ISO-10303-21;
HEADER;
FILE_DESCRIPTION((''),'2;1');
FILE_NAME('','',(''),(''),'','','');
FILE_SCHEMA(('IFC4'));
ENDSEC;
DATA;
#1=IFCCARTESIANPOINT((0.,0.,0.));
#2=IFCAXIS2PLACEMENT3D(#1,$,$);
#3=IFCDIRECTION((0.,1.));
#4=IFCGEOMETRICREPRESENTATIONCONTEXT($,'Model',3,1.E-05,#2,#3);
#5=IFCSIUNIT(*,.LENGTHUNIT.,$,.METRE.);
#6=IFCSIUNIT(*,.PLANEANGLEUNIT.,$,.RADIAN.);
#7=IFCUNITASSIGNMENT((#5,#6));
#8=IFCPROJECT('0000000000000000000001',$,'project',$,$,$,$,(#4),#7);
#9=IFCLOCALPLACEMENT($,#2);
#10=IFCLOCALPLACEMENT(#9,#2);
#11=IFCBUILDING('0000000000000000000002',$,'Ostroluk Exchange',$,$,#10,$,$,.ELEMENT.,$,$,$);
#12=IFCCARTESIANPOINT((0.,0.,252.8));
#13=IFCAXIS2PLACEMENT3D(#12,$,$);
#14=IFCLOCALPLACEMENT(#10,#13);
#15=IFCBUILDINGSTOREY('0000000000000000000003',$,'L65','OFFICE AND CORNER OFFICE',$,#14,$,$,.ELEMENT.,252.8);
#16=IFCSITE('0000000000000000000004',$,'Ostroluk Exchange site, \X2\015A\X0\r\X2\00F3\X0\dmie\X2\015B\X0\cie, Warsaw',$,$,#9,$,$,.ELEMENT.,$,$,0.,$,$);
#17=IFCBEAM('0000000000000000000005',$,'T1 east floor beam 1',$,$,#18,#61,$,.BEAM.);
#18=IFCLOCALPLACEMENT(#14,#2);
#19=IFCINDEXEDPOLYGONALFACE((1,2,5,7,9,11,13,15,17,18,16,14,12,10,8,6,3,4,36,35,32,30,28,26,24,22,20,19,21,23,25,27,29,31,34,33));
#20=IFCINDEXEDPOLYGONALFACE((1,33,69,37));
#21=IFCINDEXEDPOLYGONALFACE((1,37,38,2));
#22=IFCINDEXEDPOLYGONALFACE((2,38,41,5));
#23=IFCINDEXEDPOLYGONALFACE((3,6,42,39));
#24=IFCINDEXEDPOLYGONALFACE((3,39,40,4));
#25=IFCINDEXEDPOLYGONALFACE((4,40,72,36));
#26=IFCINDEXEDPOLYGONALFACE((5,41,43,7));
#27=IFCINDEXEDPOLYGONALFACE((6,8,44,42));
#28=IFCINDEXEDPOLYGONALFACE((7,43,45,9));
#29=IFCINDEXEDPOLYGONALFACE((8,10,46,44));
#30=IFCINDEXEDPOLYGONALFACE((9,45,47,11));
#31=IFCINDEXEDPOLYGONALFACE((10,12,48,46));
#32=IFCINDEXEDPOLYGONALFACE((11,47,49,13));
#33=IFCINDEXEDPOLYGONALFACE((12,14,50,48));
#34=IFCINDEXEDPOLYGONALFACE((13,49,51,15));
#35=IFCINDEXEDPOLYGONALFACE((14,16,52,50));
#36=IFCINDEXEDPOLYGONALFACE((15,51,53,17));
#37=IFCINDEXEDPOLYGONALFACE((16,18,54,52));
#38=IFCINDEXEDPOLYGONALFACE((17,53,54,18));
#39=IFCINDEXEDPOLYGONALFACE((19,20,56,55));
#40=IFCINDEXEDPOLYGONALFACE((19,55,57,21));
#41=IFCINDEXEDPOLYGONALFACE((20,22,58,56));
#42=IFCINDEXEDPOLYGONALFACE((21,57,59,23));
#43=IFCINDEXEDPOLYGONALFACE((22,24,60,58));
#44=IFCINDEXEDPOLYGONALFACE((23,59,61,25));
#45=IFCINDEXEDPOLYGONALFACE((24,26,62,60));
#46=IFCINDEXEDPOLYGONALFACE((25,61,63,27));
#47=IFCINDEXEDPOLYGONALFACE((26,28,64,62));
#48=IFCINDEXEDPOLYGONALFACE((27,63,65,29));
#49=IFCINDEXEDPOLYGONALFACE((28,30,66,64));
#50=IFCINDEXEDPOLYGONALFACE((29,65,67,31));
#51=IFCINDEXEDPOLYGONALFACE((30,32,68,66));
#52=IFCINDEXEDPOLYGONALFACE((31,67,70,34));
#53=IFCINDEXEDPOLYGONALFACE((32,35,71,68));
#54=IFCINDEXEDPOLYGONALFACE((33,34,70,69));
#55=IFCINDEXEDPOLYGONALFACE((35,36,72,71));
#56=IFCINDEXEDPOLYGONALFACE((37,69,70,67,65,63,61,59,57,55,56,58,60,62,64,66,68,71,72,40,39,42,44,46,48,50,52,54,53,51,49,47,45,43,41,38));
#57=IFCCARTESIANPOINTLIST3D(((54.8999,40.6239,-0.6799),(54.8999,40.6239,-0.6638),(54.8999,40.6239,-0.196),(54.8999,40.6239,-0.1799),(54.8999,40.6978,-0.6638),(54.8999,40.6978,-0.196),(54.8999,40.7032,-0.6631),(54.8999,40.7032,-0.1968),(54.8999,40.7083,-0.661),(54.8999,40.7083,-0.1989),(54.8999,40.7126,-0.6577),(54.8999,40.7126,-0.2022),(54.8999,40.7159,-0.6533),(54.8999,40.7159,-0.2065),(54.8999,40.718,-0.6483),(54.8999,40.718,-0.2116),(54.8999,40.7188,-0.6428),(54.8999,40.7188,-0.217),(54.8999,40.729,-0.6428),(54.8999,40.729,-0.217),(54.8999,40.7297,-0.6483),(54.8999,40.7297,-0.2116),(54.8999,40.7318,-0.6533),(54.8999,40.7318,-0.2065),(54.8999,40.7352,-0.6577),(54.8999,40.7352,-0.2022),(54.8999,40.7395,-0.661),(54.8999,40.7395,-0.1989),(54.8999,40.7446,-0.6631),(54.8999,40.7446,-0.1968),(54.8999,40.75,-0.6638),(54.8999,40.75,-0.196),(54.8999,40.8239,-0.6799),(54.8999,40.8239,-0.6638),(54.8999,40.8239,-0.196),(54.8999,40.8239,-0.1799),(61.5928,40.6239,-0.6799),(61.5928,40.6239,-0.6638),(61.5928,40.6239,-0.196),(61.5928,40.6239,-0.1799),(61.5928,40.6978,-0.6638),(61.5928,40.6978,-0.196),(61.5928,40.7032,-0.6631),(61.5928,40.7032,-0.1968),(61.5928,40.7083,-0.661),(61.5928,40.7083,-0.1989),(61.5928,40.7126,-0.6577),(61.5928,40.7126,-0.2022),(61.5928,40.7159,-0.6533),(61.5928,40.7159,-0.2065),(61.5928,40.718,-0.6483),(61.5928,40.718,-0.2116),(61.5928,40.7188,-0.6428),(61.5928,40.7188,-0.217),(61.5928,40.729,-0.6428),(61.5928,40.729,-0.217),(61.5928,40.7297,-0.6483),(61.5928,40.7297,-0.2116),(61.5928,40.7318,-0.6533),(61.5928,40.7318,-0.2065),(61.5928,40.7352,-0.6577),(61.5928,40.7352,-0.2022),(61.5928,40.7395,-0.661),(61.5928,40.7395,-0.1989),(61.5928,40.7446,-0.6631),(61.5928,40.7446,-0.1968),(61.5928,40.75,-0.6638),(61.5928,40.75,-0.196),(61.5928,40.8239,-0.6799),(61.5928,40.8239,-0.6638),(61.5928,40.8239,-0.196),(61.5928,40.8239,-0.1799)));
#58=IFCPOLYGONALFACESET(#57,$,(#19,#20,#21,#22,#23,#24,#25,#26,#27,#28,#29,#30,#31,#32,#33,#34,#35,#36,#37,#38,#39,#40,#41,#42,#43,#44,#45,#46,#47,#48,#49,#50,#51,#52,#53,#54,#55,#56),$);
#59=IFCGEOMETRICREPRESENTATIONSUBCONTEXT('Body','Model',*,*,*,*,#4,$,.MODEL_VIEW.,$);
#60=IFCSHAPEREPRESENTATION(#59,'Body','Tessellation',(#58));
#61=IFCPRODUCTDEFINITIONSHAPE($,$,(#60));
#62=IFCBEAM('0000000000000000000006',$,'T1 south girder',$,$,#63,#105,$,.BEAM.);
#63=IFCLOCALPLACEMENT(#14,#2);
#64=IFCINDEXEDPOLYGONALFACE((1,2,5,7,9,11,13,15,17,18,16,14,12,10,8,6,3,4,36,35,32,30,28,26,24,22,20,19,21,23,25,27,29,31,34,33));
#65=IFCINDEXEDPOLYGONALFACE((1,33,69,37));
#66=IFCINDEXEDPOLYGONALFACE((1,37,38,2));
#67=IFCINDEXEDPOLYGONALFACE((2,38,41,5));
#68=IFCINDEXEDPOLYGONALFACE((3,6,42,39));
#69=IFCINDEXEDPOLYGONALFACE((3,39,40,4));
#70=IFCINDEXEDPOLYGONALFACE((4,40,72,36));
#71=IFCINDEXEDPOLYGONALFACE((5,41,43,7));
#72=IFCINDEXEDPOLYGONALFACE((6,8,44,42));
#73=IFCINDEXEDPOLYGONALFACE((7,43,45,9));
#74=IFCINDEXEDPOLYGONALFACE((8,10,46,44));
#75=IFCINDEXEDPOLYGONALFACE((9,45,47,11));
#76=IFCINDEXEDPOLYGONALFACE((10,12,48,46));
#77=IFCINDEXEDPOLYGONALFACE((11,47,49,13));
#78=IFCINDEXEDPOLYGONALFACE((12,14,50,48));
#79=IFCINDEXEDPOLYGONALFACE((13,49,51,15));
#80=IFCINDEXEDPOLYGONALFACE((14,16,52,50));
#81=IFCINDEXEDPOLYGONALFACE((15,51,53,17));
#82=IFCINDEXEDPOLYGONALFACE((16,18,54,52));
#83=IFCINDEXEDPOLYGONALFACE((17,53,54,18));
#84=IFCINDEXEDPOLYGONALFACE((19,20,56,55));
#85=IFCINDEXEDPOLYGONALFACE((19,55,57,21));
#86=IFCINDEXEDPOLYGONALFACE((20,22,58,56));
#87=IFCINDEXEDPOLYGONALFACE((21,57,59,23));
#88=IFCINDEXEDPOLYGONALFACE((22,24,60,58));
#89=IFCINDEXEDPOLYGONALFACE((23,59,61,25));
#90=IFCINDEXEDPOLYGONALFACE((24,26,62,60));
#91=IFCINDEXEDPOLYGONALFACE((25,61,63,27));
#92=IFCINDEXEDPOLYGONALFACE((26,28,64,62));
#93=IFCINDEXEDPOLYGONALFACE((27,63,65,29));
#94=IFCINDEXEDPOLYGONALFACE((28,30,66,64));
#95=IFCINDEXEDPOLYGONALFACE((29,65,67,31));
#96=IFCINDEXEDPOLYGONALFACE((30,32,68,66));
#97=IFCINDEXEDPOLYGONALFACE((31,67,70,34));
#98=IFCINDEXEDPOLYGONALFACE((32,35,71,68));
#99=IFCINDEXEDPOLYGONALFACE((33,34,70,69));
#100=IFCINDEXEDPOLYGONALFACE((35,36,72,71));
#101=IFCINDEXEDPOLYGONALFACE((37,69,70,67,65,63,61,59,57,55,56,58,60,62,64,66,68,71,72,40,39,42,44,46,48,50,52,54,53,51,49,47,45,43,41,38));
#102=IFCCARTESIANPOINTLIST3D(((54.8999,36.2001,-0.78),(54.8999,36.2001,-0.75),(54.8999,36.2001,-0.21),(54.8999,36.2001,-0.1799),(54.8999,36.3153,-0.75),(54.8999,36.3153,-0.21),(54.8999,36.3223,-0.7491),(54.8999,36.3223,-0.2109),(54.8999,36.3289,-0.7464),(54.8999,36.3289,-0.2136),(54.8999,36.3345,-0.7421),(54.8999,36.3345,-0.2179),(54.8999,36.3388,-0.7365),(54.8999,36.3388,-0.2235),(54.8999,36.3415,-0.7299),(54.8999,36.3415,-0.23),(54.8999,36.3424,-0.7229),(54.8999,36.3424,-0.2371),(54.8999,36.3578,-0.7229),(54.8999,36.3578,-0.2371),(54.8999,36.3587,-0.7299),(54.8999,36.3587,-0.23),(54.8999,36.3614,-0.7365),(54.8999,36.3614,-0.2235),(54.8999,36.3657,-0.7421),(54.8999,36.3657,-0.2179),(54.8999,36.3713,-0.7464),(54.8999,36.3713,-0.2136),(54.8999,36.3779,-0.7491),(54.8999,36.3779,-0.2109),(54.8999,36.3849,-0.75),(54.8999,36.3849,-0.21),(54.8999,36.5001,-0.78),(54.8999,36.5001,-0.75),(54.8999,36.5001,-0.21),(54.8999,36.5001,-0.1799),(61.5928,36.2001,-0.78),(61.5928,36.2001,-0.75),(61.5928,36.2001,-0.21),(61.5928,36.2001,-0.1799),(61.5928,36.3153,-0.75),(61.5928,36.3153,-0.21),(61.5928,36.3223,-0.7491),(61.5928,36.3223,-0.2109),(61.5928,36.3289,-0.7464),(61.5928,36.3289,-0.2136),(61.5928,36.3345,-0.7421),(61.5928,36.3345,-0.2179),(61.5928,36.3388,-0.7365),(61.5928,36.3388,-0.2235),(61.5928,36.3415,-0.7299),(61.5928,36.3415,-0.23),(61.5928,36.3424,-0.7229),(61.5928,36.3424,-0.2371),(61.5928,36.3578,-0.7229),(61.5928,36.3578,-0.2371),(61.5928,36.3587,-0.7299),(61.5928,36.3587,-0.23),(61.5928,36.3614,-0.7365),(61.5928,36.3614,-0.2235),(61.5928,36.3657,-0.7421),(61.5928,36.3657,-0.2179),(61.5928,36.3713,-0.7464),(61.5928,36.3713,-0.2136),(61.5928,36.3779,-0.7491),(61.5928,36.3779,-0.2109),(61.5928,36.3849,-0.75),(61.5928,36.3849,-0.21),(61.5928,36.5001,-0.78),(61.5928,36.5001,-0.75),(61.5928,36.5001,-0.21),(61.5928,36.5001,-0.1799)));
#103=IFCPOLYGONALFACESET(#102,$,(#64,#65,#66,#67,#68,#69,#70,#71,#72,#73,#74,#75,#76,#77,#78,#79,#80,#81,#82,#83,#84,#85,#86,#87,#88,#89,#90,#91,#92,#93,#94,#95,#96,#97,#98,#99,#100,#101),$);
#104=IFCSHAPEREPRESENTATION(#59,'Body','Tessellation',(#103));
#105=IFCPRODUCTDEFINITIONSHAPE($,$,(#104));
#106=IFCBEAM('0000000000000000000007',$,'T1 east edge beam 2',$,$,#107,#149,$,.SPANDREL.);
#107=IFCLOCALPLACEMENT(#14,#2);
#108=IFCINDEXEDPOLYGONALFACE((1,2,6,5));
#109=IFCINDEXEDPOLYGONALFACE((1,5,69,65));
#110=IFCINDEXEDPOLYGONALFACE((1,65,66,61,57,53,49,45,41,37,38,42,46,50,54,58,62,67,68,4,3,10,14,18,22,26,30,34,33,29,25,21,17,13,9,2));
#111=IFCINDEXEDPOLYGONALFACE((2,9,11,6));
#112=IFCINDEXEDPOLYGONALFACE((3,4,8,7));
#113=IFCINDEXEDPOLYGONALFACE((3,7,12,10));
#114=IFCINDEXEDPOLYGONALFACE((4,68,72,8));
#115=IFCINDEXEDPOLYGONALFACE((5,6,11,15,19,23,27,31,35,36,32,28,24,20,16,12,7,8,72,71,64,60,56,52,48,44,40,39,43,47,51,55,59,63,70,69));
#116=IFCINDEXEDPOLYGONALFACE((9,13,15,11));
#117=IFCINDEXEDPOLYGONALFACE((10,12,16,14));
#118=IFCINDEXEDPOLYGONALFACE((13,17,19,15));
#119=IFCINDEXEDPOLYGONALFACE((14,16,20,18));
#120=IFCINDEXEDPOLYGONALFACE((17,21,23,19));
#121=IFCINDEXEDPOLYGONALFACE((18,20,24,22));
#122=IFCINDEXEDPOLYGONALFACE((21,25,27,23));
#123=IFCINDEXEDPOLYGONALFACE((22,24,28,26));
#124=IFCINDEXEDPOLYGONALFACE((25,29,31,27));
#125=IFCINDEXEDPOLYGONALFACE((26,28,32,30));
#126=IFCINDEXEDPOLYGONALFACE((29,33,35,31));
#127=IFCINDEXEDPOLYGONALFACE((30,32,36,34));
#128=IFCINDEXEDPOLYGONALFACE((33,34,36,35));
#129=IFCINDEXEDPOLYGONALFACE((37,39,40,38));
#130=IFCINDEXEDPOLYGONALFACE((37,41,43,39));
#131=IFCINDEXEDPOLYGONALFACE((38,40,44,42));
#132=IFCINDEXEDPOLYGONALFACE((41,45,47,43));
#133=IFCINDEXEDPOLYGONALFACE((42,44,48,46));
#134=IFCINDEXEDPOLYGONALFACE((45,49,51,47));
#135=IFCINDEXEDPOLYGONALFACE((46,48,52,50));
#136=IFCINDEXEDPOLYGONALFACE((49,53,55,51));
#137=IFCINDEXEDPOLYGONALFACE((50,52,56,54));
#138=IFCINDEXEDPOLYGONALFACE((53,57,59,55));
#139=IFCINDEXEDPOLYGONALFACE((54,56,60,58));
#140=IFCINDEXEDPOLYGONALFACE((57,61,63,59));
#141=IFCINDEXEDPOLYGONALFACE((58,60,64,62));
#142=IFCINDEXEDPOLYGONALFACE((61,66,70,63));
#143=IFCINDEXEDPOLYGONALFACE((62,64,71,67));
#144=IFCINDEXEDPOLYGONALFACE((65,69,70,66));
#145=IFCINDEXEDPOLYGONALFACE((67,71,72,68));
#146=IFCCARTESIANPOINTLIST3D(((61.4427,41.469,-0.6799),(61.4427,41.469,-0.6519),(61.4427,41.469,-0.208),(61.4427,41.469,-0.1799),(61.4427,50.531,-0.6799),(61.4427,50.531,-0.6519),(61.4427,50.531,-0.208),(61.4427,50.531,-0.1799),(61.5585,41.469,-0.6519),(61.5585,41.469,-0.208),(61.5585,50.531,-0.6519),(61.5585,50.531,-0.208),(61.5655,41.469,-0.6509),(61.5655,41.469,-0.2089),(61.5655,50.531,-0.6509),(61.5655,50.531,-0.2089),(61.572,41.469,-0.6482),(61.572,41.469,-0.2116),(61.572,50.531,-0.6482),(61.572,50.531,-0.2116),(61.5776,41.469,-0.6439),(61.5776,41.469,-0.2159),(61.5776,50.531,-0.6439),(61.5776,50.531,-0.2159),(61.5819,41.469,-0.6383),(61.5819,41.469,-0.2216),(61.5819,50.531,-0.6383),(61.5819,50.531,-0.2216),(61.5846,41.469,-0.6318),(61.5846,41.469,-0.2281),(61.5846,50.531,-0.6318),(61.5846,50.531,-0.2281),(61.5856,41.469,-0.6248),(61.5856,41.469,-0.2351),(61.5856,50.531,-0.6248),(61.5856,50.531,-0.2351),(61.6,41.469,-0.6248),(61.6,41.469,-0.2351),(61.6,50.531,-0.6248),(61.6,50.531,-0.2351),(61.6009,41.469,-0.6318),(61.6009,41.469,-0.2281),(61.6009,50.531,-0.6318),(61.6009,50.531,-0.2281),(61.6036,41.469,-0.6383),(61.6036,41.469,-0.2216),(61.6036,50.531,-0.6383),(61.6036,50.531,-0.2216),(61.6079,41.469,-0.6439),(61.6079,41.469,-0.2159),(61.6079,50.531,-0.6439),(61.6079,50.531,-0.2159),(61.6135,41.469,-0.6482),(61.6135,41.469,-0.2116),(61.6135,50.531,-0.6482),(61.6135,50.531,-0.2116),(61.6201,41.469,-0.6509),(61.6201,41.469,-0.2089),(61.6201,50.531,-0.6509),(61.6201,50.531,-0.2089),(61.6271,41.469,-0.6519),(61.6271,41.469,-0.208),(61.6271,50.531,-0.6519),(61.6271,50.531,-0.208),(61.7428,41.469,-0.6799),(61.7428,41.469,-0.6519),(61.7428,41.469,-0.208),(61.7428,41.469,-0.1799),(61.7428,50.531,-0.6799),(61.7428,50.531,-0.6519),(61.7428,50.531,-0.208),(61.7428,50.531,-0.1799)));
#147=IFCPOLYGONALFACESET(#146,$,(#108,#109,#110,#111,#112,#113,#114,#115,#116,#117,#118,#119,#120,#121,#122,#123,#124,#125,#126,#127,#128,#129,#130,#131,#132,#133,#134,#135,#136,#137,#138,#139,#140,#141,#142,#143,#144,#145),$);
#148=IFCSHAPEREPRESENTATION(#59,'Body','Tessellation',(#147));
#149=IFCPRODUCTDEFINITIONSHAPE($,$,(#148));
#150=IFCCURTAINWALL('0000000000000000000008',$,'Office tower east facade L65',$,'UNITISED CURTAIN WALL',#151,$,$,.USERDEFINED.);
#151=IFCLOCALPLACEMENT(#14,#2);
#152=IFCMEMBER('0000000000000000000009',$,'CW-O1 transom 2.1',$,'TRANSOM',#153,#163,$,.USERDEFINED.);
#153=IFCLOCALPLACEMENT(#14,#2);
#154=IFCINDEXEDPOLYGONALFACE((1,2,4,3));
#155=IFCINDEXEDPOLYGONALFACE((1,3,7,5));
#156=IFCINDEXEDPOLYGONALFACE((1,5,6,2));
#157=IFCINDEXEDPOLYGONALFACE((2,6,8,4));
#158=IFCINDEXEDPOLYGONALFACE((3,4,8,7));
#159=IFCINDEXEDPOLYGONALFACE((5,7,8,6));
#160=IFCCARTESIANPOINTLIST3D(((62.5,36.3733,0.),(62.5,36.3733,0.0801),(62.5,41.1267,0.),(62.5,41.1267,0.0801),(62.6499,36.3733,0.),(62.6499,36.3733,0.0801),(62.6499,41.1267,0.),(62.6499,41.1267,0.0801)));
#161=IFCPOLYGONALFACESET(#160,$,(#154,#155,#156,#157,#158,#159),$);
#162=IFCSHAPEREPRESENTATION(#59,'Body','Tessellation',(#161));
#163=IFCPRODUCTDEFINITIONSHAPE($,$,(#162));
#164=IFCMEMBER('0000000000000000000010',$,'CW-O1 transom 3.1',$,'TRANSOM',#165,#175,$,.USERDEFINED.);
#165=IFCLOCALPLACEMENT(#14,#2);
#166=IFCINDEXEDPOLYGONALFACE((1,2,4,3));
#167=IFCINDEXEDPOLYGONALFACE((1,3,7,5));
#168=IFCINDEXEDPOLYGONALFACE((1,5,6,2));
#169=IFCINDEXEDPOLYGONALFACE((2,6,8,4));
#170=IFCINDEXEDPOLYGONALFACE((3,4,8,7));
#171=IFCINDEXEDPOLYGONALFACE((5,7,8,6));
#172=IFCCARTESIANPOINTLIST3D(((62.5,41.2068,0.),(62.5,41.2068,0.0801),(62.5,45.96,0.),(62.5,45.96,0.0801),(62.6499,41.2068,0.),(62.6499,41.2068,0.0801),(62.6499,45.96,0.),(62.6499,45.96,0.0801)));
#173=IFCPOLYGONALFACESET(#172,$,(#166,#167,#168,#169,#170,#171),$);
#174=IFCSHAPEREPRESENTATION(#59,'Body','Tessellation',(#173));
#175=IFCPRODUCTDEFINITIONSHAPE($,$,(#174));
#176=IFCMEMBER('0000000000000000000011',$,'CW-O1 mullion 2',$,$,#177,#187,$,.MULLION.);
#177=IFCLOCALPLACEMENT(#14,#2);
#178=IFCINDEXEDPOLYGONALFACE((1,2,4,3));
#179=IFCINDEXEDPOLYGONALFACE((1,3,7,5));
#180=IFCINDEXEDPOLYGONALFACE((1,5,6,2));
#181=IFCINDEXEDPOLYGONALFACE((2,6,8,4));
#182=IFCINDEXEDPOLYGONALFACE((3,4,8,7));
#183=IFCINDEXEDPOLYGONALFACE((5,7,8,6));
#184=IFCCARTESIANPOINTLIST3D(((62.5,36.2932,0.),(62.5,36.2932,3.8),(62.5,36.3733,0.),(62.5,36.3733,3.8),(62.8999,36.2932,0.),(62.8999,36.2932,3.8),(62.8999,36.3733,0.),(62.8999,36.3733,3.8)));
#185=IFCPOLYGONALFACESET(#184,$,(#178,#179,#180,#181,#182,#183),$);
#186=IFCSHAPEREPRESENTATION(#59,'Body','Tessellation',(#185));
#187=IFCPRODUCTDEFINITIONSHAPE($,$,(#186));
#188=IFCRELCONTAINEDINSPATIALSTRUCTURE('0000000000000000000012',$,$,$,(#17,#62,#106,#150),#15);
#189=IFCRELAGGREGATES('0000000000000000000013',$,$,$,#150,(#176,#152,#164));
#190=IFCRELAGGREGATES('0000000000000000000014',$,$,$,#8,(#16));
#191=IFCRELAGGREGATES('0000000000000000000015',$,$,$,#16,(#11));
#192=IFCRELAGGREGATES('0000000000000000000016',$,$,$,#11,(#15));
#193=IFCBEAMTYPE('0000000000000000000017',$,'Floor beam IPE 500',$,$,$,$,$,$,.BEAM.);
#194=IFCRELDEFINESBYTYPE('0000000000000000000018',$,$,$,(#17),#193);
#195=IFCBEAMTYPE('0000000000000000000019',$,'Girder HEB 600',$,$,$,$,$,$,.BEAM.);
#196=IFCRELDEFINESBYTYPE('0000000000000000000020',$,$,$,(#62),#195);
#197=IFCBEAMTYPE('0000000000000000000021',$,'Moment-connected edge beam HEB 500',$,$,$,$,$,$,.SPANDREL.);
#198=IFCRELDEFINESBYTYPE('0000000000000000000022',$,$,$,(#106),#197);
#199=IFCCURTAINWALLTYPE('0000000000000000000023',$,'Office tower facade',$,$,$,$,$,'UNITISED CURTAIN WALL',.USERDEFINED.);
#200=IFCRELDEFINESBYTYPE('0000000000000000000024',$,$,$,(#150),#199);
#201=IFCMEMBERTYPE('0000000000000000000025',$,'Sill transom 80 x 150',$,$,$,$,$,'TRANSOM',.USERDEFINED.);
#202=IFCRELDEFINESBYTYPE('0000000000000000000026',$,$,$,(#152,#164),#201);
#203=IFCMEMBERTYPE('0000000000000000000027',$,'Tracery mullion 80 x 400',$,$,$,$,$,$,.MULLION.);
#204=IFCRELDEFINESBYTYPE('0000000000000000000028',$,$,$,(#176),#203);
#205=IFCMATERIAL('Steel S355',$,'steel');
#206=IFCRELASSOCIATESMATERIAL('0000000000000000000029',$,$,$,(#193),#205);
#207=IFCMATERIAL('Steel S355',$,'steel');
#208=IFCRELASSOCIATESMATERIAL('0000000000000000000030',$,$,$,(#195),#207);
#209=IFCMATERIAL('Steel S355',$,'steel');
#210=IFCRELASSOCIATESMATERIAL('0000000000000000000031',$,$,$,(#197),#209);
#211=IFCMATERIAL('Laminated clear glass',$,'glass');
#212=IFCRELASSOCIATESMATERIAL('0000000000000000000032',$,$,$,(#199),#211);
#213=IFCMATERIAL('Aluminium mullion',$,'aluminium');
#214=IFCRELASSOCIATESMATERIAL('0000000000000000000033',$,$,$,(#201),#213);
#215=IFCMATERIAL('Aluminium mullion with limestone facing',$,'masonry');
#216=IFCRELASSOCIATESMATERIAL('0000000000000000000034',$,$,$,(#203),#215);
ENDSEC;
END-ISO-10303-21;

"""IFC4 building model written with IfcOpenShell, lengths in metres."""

from ifc_helpers import new_model, si_unit, direction, frame, origin, origin_2d, place, context, subcontext, project, spatial, rectangle, i_section, extrude, material, material_profile, profile_set, type_object, element, aggregate, save


model = new_model("IFC4")

# Units and contexts
model_context = context("Model", 3, precision=1e-05, world=origin(), true_north=direction((0.0, 1.0)))
body_context = subcontext(model_context, "Body", "Model", "MODEL_VIEW")
ifc_project = project(units=[si_unit("LENGTHUNIT", "METRE"), si_unit("PLANEANGLEUNIT", "RADIAN")], contexts=[model_context])

# Site, building, storey
site_placement = place(None, origin())
site = spatial("IfcSite", under=ifc_project, at=site_placement, Name="Ostroluk Exchange site, Śródmieście, Warsaw", CompositionType="ELEMENT", RefElevation=0.0)
building_placement = place(site_placement, origin())
building = spatial("IfcBuilding", under=site, at=building_placement, Name="Ostroluk Exchange", CompositionType="ELEMENT")
storey_placement = place(building_placement, frame((0.0, 0.0, 252.8)))
storey = spatial("IfcBuildingStorey", under=building, at=storey_placement, Name="L65", Description="OFFICE AND CORNER OFFICE", CompositionType="ELEMENT", Elevation=252.8)

# Beams
ifc_material_1 = material(Name="Steel S355", Category="steel")
ifc_material_profile_1 = material_profile(ifc_material_1, i_section(OverallWidth=0.2, OverallDepth=0.5, WebThickness=0.0103, FlangeThickness=0.0161, FilletRadius=0.021, at=origin_2d()), Name="IPE 500")
ifc_profile_set_1 = profile_set([ifc_material_profile_1], Name="Steel S355")
beam_type_1 = type_object("IfcBeamType", Name="Floor beam IPE 500", PredefinedType="BEAM", material=ifc_profile_set_1)
beam_1_placement = place(storey_placement, frame((54.8999, 40.7239, -0.4299), z_axis=(1.0, 0.0, 0.0), x_axis=(0.0, 1.0, 0.0)))
element("IfcBeam", 1, at=beam_1_placement, inside=storey, type_object=beam_type_1, Name="T1 east floor beam 1", PredefinedType="BEAM", context=body_context, shape_type="SweptSolid", body=[
    extrude(i_section(OverallWidth=0.2, OverallDepth=0.5, WebThickness=0.0103, FlangeThickness=0.0161, FilletRadius=0.021, at=origin_2d()), origin(), (0.0, 0.0, 1.0), 6.6929),
])
ifc_material_2 = material(Name="Steel S355", Category="steel")
ifc_material_profile_2 = material_profile(ifc_material_2, i_section(OverallWidth=0.3, OverallDepth=0.6001, WebThickness=0.0154, FlangeThickness=0.03, FilletRadius=0.0271, at=origin_2d()), Name="HEB 600")
ifc_profile_set_2 = profile_set([ifc_material_profile_2], Name="Steel S355")
beam_type_2 = type_object("IfcBeamType", Name="Girder HEB 600", PredefinedType="BEAM", material=ifc_profile_set_2)
beam_2_placement = place(storey_placement, frame((54.8999, 36.3501, -0.48), z_axis=(1.0, 0.0, 0.0), x_axis=(0.0, 1.0, 0.0)))
element("IfcBeam", 2, at=beam_2_placement, inside=storey, type_object=beam_type_2, Name="T1 south girder", PredefinedType="BEAM", context=body_context, shape_type="SweptSolid", body=[
    extrude(i_section(OverallWidth=0.3, OverallDepth=0.6001, WebThickness=0.0154, FlangeThickness=0.03, FilletRadius=0.0271, at=origin_2d()), origin(), (0.0, 0.0, 1.0), 6.6929),
])
ifc_material_3 = material(Name="Steel S355", Category="steel")
ifc_material_profile_3 = material_profile(ifc_material_3, i_section(OverallWidth=0.3, OverallDepth=0.5, WebThickness=0.0144, FlangeThickness=0.0281, FilletRadius=0.0271, at=origin_2d()), Name="HEB 500")
ifc_profile_set_3 = profile_set([ifc_material_profile_3], Name="Steel S355")
beam_type_3 = type_object("IfcBeamType", Name="Moment-connected edge beam HEB 500", PredefinedType="SPANDREL", material=ifc_profile_set_3)
beam_3_placement = place(storey_placement, frame((61.5928, 41.469, -0.4299), z_axis=(0.0, 1.0, 0.0), x_axis=(-1.0, 0.0, 0.0)))
element("IfcBeam", 3, at=beam_3_placement, inside=storey, type_object=beam_type_3, Name="T1 east edge beam 2", PredefinedType="SPANDREL", context=body_context, shape_type="SweptSolid", body=[
    extrude(i_section(OverallWidth=0.3, OverallDepth=0.5, WebThickness=0.0144, FlangeThickness=0.0281, FilletRadius=0.0271, at=origin_2d()), origin(), (0.0, 0.0, 1.0), 9.062),
])

# Curtain wall, members
ifc_material_4 = material(Name="Laminated clear glass", Category="glass")
curtain_wall_type = type_object("IfcCurtainWallType", Name="Office tower facade", ElementType="UNITISED CURTAIN WALL", PredefinedType="USERDEFINED", material=ifc_material_4)
curtain_wall_placement = place(storey_placement, origin())
curtain_wall = element("IfcCurtainWall", 4, at=curtain_wall_placement, inside=storey, type_object=curtain_wall_type, Name="Office tower east facade L65", ObjectType="UNITISED CURTAIN WALL", PredefinedType="USERDEFINED")
ifc_material_5 = material(Name="Aluminium mullion", Category="aluminium")
ifc_material_profile_4 = material_profile(ifc_material_5, rectangle(XDim=0.1499, YDim=0.0801, at=origin_2d()), Name="Sill transom 80 x 150")
ifc_profile_set_4 = profile_set([ifc_material_profile_4], Name="Aluminium mullion")
member_type_1 = type_object("IfcMemberType", Name="Sill transom 80 x 150", ElementType="TRANSOM", PredefinedType="USERDEFINED", material=ifc_profile_set_4)
member_1_placement = place(storey_placement, frame((62.575, 36.3733, 0.04), z_axis=(0.0, 1.0, 0.0), x_axis=(-1.0, 0.0, 0.0)))
member_1 = element("IfcMember", 5, at=member_1_placement, type_object=member_type_1, Name="CW-O1 transom 2.1", ObjectType="TRANSOM", PredefinedType="USERDEFINED", context=body_context, shape_type="SweptSolid", body=[
    extrude(rectangle(XDim=0.1499, YDim=0.0801, at=origin_2d()), origin(), (0.0, 0.0, 1.0), 4.7534),
])
member_2_placement = place(storey_placement, frame((62.575, 41.2068, 0.04), z_axis=(0.0, 1.0, 0.0), x_axis=(-1.0, 0.0, 0.0)))
member_2 = element("IfcMember", 6, at=member_2_placement, type_object=member_type_1, Name="CW-O1 transom 3.1", ObjectType="TRANSOM", PredefinedType="USERDEFINED", context=body_context, shape_type="SweptSolid", body=[
    extrude(rectangle(XDim=0.1499, YDim=0.0801, at=origin_2d()), origin(), (0.0, 0.0, 1.0), 4.7532),
])
ifc_material_6 = material(Name="Aluminium mullion with limestone facing", Category="masonry")
ifc_material_profile_5 = material_profile(ifc_material_6, rectangle(XDim=0.3999, YDim=0.0801, at=origin_2d()), Name="Tracery mullion 80 x 400")
ifc_profile_set_5 = profile_set([ifc_material_profile_5], Name="Aluminium mullion with limestone facing")
member_type_2 = type_object("IfcMemberType", Name="Tracery mullion 80 x 400", PredefinedType="MULLION", material=ifc_profile_set_5)
member_3_placement = place(storey_placement, frame((62.7, 36.3333, 0.0), z_axis=(0.0, 0.0, 1.0), x_axis=(-1.0, 0.0, 0.0)))
member_3 = element("IfcMember", 7, at=member_3_placement, type_object=member_type_2, Name="CW-O1 mullion 2", PredefinedType="MULLION", context=body_context, shape_type="SweptSolid", body=[
    extrude(rectangle(XDim=0.3999, YDim=0.0801, at=origin_2d()), origin(), (0.0, 0.0, 1.0), 3.8),
])
aggregate(curtain_wall, [member_3, member_1, member_2])

save(model, "model.ifc")
